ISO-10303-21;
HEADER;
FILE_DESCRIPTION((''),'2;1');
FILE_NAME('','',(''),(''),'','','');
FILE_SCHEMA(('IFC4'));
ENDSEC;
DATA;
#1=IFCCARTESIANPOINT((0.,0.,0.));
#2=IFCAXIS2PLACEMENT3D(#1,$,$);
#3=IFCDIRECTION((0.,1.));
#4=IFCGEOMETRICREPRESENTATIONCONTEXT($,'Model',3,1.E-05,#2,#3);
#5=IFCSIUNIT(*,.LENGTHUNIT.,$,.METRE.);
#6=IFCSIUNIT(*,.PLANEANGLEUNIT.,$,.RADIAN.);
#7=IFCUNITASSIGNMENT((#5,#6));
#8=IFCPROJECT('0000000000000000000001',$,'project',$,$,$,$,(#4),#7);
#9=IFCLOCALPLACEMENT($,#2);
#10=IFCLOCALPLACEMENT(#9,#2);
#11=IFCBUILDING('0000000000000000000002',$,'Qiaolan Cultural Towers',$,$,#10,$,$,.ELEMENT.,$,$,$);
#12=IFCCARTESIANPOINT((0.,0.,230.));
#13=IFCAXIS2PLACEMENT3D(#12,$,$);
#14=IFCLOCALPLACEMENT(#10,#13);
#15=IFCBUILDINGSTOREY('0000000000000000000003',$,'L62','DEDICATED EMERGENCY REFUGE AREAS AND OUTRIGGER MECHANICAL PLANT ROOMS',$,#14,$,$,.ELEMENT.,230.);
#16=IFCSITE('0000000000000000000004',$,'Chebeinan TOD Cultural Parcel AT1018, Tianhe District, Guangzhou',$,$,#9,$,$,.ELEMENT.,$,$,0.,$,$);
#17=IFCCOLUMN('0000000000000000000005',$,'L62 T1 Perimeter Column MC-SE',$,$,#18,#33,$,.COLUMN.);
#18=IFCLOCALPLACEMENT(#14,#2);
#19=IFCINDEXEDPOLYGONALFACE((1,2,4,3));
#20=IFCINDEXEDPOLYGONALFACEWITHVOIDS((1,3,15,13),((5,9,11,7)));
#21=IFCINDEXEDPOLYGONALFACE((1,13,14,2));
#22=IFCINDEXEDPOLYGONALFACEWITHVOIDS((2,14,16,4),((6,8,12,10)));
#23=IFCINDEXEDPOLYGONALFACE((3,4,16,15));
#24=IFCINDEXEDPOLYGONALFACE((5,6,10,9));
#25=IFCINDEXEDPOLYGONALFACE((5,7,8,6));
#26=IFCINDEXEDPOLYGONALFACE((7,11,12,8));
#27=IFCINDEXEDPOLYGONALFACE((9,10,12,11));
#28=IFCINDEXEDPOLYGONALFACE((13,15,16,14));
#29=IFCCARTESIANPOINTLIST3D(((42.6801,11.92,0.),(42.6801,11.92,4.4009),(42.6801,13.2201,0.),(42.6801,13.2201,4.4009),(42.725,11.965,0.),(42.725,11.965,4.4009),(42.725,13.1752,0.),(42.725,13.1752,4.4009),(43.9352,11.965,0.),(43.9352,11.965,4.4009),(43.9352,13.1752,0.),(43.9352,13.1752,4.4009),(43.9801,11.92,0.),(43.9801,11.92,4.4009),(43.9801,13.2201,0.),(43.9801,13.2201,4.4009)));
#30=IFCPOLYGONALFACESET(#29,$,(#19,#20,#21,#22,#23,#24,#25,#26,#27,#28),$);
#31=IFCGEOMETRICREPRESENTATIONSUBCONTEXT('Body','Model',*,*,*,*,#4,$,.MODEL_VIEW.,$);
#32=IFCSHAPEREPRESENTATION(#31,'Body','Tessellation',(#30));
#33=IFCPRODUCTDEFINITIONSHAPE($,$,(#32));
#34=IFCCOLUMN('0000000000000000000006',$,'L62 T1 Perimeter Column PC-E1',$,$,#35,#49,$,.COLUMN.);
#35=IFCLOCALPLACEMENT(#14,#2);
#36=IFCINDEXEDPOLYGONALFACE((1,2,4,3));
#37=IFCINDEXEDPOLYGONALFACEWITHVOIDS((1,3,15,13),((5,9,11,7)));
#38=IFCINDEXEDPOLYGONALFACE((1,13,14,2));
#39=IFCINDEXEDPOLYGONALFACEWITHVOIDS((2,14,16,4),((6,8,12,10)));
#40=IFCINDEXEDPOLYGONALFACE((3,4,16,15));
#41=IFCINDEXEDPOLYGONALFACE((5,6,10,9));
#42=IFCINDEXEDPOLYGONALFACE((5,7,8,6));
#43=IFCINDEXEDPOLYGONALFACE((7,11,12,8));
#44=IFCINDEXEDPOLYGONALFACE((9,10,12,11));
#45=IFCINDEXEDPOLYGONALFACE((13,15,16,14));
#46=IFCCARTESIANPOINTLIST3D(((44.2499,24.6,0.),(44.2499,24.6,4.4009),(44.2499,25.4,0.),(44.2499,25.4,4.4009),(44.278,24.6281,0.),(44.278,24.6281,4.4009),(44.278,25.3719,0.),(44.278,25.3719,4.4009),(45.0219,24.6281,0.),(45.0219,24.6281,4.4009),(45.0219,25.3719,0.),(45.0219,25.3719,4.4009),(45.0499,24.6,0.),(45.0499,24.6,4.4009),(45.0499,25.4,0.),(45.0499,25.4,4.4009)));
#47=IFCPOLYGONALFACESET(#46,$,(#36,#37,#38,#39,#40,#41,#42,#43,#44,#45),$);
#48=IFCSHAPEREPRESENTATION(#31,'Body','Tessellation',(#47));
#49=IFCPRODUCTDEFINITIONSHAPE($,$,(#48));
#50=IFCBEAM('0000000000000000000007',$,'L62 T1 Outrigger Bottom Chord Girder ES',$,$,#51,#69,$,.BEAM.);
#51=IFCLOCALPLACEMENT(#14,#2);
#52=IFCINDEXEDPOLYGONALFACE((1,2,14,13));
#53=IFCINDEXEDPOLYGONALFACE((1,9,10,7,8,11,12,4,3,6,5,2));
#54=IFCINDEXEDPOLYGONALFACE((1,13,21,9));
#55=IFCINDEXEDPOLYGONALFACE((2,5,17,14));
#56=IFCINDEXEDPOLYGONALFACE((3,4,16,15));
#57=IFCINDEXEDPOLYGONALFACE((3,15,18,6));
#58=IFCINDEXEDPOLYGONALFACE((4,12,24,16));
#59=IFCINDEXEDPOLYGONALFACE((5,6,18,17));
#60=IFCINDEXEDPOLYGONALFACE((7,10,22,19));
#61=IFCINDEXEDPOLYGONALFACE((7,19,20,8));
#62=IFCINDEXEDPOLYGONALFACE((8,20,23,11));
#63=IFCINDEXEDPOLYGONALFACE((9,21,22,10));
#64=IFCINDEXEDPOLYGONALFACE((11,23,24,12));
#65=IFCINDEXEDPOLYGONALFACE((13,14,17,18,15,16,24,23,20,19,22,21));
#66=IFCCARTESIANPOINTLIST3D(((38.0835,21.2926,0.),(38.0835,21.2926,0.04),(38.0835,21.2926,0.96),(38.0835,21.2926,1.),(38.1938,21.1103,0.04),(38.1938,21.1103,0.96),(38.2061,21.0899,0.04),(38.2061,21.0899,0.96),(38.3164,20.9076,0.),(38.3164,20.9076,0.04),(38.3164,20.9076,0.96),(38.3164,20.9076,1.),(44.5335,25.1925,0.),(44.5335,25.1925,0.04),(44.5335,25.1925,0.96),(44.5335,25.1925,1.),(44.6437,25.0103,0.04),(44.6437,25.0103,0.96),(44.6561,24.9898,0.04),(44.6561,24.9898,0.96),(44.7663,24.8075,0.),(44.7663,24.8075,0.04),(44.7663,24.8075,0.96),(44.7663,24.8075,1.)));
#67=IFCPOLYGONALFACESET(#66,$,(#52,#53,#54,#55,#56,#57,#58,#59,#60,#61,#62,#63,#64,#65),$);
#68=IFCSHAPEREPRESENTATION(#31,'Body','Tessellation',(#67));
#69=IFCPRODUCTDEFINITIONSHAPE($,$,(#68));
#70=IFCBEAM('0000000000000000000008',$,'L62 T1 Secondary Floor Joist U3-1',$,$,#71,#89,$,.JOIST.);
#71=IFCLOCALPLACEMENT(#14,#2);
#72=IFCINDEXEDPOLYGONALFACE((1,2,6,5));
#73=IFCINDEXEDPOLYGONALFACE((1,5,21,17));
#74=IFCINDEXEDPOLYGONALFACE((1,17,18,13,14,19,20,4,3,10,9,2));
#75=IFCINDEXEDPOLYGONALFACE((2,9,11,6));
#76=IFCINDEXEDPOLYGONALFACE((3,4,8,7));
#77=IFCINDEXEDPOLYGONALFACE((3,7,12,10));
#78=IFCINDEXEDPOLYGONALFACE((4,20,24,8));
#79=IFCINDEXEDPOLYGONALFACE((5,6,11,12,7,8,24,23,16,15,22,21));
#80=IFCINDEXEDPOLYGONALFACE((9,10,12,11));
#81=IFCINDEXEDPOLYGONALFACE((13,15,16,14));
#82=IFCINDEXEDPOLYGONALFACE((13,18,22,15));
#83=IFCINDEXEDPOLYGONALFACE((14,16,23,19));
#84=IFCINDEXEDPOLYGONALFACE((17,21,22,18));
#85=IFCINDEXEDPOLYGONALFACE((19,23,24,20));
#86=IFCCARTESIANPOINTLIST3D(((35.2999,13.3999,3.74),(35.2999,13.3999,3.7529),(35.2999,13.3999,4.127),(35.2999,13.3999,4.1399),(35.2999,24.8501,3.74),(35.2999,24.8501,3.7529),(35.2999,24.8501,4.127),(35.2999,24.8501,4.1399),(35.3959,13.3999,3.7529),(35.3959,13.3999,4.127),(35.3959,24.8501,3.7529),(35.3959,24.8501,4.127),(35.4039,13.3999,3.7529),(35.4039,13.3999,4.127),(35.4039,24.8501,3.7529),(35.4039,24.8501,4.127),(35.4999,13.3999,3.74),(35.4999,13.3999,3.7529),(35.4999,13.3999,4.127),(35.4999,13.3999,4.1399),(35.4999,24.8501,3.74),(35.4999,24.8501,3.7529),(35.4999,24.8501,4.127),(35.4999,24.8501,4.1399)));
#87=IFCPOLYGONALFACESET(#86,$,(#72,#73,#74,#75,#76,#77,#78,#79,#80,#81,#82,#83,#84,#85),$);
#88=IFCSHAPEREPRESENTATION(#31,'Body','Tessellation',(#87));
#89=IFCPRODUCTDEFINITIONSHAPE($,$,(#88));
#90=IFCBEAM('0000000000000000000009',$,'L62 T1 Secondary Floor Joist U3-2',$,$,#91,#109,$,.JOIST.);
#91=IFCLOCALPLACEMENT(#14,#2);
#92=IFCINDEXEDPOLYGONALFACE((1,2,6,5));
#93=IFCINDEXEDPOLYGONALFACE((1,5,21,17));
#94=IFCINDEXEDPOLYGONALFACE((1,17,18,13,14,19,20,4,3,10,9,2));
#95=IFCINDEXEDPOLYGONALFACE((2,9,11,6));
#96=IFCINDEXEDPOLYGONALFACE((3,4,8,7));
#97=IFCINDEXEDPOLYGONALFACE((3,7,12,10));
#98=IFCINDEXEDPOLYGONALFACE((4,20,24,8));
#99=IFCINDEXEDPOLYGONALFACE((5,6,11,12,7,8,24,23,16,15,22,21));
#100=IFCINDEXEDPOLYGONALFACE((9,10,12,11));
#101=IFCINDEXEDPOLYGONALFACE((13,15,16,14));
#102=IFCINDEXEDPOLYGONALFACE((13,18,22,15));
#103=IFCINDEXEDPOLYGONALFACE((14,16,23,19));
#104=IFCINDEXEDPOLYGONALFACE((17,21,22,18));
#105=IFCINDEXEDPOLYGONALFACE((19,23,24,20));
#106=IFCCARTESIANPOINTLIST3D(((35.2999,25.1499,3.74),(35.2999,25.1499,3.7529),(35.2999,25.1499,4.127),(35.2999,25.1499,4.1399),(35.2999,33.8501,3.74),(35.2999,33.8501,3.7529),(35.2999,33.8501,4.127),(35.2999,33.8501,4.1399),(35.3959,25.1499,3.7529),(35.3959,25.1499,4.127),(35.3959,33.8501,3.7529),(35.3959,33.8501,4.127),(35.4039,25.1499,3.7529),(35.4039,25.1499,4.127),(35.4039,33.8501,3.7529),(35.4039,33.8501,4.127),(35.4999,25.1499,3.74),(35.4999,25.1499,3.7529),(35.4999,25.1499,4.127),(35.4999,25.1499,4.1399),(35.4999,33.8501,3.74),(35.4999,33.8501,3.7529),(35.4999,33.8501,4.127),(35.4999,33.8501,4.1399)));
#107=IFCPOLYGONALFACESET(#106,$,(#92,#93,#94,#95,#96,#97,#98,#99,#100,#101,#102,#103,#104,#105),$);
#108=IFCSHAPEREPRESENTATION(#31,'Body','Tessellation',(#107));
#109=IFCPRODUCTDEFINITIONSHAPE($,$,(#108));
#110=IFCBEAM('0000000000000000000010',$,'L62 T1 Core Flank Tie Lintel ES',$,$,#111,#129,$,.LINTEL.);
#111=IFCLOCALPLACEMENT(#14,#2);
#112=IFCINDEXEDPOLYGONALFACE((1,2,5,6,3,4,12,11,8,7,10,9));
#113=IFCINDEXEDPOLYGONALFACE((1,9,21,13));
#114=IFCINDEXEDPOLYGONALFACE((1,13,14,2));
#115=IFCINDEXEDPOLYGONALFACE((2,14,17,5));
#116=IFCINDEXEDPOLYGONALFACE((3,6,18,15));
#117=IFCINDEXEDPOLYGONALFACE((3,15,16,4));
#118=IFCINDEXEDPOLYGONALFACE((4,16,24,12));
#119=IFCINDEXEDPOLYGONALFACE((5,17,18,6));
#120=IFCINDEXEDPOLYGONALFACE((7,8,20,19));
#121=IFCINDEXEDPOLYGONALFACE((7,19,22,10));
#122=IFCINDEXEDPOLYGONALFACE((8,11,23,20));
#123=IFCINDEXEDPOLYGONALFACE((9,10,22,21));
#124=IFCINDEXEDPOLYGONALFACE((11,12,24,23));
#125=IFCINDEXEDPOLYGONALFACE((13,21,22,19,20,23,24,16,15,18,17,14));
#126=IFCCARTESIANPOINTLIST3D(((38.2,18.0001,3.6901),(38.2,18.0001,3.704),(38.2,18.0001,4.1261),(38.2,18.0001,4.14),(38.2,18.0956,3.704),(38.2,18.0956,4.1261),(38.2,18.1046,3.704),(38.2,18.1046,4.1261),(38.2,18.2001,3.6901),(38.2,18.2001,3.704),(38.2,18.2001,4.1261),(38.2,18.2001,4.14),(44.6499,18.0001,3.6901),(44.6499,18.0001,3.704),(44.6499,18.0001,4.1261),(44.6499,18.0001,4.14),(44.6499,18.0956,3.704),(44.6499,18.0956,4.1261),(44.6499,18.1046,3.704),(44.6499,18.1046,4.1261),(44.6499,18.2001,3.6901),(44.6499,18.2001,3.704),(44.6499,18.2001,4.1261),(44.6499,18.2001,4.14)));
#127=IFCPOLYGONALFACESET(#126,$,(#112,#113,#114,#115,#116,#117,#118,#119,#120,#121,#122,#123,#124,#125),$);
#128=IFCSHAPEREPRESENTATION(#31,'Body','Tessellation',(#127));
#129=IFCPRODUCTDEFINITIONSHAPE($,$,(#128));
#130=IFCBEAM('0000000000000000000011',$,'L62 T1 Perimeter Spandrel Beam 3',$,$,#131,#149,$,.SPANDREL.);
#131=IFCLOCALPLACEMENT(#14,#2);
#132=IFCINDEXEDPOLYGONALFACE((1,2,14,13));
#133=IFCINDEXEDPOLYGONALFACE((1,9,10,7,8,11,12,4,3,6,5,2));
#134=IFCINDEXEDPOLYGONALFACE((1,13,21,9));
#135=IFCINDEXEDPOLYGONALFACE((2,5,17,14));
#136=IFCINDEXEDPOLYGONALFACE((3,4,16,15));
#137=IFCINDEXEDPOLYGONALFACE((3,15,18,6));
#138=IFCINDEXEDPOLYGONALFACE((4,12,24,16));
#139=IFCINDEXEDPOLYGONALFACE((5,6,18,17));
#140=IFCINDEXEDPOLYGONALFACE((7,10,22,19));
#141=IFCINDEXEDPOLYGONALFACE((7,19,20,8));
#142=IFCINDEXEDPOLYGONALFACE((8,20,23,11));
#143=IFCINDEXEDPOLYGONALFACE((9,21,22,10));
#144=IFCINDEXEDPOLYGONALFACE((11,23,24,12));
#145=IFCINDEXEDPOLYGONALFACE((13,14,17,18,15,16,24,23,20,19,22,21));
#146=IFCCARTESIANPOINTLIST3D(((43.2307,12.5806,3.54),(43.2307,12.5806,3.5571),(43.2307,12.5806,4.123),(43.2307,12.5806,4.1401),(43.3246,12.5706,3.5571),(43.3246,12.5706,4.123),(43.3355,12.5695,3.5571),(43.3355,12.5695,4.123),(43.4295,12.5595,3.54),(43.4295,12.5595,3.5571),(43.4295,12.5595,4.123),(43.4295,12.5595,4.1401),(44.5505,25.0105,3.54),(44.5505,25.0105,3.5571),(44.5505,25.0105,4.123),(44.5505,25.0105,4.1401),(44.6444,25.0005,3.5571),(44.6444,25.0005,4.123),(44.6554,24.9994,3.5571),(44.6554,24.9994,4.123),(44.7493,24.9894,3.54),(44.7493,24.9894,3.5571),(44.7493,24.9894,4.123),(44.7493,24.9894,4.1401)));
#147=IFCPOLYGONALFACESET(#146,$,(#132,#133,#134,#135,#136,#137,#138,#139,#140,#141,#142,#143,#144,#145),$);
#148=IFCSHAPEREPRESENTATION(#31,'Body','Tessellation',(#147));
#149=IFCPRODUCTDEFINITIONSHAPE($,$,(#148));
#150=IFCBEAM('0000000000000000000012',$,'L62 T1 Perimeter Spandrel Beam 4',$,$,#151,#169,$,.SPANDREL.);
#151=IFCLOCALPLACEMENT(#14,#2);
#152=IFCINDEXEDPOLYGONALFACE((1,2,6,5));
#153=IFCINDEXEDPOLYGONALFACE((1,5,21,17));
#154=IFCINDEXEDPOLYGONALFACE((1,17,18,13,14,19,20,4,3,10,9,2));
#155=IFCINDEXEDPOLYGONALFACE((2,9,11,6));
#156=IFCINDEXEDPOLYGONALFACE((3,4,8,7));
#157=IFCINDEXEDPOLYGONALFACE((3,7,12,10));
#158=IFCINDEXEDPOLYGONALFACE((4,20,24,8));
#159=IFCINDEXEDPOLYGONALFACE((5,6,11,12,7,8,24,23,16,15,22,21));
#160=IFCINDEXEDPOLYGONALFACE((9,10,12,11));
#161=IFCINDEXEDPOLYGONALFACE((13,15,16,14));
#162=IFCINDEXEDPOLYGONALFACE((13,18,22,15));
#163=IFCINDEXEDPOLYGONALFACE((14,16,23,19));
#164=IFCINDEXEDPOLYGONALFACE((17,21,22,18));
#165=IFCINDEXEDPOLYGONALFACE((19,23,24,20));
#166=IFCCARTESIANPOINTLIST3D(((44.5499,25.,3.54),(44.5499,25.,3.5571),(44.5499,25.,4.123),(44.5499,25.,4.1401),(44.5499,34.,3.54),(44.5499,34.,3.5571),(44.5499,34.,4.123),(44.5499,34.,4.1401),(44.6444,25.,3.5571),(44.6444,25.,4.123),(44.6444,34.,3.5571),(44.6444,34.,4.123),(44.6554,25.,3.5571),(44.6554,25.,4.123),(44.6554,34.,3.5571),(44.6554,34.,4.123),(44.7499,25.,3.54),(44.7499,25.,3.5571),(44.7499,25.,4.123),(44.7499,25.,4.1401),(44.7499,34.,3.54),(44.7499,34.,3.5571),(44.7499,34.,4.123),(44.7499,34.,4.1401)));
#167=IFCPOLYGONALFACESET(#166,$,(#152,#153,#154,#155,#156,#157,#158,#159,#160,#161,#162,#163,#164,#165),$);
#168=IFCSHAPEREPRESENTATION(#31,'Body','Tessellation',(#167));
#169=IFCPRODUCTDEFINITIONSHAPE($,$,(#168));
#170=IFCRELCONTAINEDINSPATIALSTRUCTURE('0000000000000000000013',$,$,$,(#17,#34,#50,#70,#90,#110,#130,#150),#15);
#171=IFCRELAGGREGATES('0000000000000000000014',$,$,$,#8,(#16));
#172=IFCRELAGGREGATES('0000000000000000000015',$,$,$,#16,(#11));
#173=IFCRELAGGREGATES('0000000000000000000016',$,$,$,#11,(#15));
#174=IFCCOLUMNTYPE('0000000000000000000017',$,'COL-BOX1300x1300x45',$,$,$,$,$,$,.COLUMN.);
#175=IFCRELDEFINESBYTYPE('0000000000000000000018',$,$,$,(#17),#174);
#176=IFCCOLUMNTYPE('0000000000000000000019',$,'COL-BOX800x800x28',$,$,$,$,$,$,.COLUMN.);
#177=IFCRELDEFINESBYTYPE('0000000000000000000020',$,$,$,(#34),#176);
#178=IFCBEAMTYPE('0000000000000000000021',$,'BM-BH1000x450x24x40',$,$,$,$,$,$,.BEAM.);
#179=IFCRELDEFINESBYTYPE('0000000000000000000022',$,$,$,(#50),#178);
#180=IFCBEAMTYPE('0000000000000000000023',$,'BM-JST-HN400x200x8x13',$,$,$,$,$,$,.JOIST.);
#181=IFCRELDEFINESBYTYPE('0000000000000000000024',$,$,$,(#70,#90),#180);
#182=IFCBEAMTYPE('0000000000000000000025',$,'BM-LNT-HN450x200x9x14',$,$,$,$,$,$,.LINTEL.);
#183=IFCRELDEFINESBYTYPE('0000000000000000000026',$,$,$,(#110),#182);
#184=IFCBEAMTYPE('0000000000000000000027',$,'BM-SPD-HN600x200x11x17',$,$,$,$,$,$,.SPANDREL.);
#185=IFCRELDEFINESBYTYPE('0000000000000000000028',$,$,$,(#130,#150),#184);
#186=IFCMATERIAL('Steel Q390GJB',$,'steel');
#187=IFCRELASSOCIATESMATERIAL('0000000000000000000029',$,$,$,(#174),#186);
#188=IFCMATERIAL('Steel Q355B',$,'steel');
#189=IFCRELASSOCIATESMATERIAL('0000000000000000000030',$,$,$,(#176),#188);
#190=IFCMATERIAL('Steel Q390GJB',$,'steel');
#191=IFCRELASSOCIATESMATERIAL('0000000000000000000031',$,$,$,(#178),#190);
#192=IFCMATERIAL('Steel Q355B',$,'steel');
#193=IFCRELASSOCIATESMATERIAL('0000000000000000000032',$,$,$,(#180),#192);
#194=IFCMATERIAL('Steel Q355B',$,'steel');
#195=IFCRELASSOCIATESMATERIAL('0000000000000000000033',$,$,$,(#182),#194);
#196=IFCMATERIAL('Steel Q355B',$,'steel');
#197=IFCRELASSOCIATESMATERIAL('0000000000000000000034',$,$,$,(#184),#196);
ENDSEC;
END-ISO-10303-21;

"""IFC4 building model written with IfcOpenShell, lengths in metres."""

from ifc_helpers import new_model, si_unit, direction, frame, origin, origin_2d, place, context, subcontext, project, spatial, hollow_rectangle, i_section, extrude, material, material_profile, profile_set, type_object, element, save


model = new_model("IFC4")

# Units and contexts
model_context = context("Model", 3, precision=1e-05, world=origin(), true_north=direction((0.0, 1.0)))
body_context = subcontext(model_context, "Body", "Model", "MODEL_VIEW")
ifc_project = project(units=[si_unit("LENGTHUNIT", "METRE"), si_unit("PLANEANGLEUNIT", "RADIAN")], contexts=[model_context])

# Site, building, storey
site_placement = place(None, origin())
site = spatial("IfcSite", under=ifc_project, at=site_placement, Name="Chebeinan TOD Cultural Parcel AT1018, Tianhe District, Guangzhou", CompositionType="ELEMENT", RefElevation=0.0)
building_placement = place(site_placement, origin())
building = spatial("IfcBuilding", under=site, at=building_placement, Name="Qiaolan Cultural Towers", CompositionType="ELEMENT")
storey_placement = place(building_placement, frame((0.0, 0.0, 230.0)))
storey = spatial("IfcBuildingStorey", under=building, at=storey_placement, Name="L62", Description="DEDICATED EMERGENCY REFUGE AREAS AND OUTRIGGER MECHANICAL PLANT ROOMS", CompositionType="ELEMENT", Elevation=230.0)

# Columns
ifc_material_1 = material(Name="Steel Q390GJB", Category="steel")
ifc_material_profile_1 = material_profile(ifc_material_1, hollow_rectangle(XDim=1.3, YDim=1.3, WallThickness=0.0449, at=origin_2d()), Name="BOX1300x1300x45")
ifc_profile_set_1 = profile_set([ifc_material_profile_1], Name="Steel Q390GJB")
column_type_1 = type_object("IfcColumnType", Name="COL-BOX1300x1300x45", PredefinedType="COLUMN", material=ifc_profile_set_1)
column_1_placement = place(storey_placement, frame((43.3301, 12.5701, 0.0), z_axis=(0.0, 0.0, 1.0), x_axis=(1.0, 0.0, 0.0)))
element("IfcColumn", 1, at=column_1_placement, inside=storey, type_object=column_type_1, Name="L62 T1 Perimeter Column MC-SE", PredefinedType="COLUMN", context=body_context, shape_type="SweptSolid", body=[
    extrude(hollow_rectangle(XDim=1.3, YDim=1.3, WallThickness=0.0449, at=origin_2d()), origin(), (0.0, 0.0, 1.0), 4.4009),
])
ifc_material_2 = material(Name="Steel Q355B", Category="steel")
ifc_material_profile_2 = material_profile(ifc_material_2, hollow_rectangle(XDim=0.8, YDim=0.8, WallThickness=0.0281, at=origin_2d()), Name="BOX800x800x28")
ifc_profile_set_2 = profile_set([ifc_material_profile_2], Name="Steel Q355B")
column_type_2 = type_object("IfcColumnType", Name="COL-BOX800x800x28", PredefinedType="COLUMN", material=ifc_profile_set_2)
column_2_placement = place(storey_placement, frame((44.6499, 25.0, 0.0), z_axis=(0.0, 0.0, 1.0), x_axis=(1.0, 0.0, 0.0)))
element("IfcColumn", 2, at=column_2_placement, inside=storey, type_object=column_type_2, Name="L62 T1 Perimeter Column PC-E1", PredefinedType="COLUMN", context=body_context, shape_type="SweptSolid", body=[
    extrude(hollow_rectangle(XDim=0.8, YDim=0.8, WallThickness=0.0281, at=origin_2d()), origin(), (0.0, 0.0, 1.0), 4.4009),
])

# Beams
ifc_material_3 = material(Name="Steel Q390GJB", Category="steel")
ifc_material_profile_3 = material_profile(ifc_material_3, i_section(OverallWidth=0.45, OverallDepth=1.0, WebThickness=0.0239, FlangeThickness=0.04, at=origin_2d()), Name="BH1000x450x24x40")
ifc_profile_set_3 = profile_set([ifc_material_profile_3], Name="Steel Q390GJB")
beam_type_1 = type_object("IfcBeamType", Name="BM-BH1000x450x24x40", PredefinedType="BEAM", material=ifc_profile_set_3)
beam_1_placement = place(storey_placement, frame((38.2, 21.1001, 0.5), z_axis=(0.855736, 0.517413, 0.0), x_axis=(-0.517413, 0.855736, 0.0)))
element("IfcBeam", 3, at=beam_1_placement, inside=storey, type_object=beam_type_1, Name="L62 T1 Outrigger Bottom Chord Girder ES", PredefinedType="BEAM", context=body_context, shape_type="SweptSolid", body=[
    extrude(i_section(OverallWidth=0.45, OverallDepth=1.0, WebThickness=0.0239, FlangeThickness=0.04, at=origin_2d()), origin(), (0.0, 0.0, 1.0), 7.5374),
])
ifc_material_4 = material(Name="Steel Q355B", Category="steel")
ifc_material_profile_4 = material_profile(ifc_material_4, i_section(OverallWidth=0.2, OverallDepth=0.3999, WebThickness=0.0081, FlangeThickness=0.0129, at=origin_2d()), Name="HN400x200x8x13")
ifc_profile_set_4 = profile_set([ifc_material_profile_4], Name="Steel Q355B")
beam_type_2 = type_object("IfcBeamType", Name="BM-JST-HN400x200x8x13", PredefinedType="JOIST", material=ifc_profile_set_4)
beam_2_placement = place(storey_placement, frame((35.3999, 13.3999, 3.9399), z_axis=(0.0, 1.0, 0.0), x_axis=(-1.0, 0.0, 0.0)))
element("IfcBeam", 4, at=beam_2_placement, inside=storey, type_object=beam_type_2, Name="L62 T1 Secondary Floor Joist U3-1", PredefinedType="JOIST", context=body_context, shape_type="SweptSolid", body=[
    extrude(i_section(OverallWidth=0.2, OverallDepth=0.3999, WebThickness=0.0081, FlangeThickness=0.0129, at=origin_2d()), origin(), (0.0, 0.0, 1.0), 11.4502),
])
beam_3_placement = place(storey_placement, frame((35.3999, 25.1499, 3.9399), z_axis=(0.0, 1.0, 0.0), x_axis=(-1.0, 0.0, 0.0)))
element("IfcBeam", 5, at=beam_3_placement, inside=storey, type_object=beam_type_2, Name="L62 T1 Secondary Floor Joist U3-2", PredefinedType="JOIST", context=body_context, shape_type="SweptSolid", body=[
    extrude(i_section(OverallWidth=0.2, OverallDepth=0.3999, WebThickness=0.0081, FlangeThickness=0.0129, at=origin_2d()), origin(), (0.0, 0.0, 1.0), 8.7002),
])
ifc_material_5 = material(Name="Steel Q355B", Category="steel")
ifc_material_profile_5 = material_profile(ifc_material_5, i_section(OverallWidth=0.2, OverallDepth=0.45, WebThickness=0.009, FlangeThickness=0.0139, at=origin_2d()), Name="HN450x200x9x14")
ifc_profile_set_5 = profile_set([ifc_material_profile_5], Name="Steel Q355B")
beam_type_3 = type_object("IfcBeamType", Name="BM-LNT-HN450x200x9x14", PredefinedType="LINTEL", material=ifc_profile_set_5)
beam_4_placement = place(storey_placement, frame((38.2, 18.1001, 3.915), z_axis=(1.0, 0.0, 0.0), x_axis=(0.0, 1.0, 0.0)))
element("IfcBeam", 6, at=beam_4_placement, inside=storey, type_object=beam_type_3, Name="L62 T1 Core Flank Tie Lintel ES", PredefinedType="LINTEL", context=body_context, shape_type="SweptSolid", body=[
    extrude(i_section(OverallWidth=0.2, OverallDepth=0.45, WebThickness=0.009, FlangeThickness=0.0139, at=origin_2d()), origin(), (0.0, 0.0, 1.0), 6.45),
])
ifc_material_6 = material(Name="Steel Q355B", Category="steel")
ifc_material_profile_6 = material_profile(ifc_material_6, i_section(OverallWidth=0.2, OverallDepth=0.6001, WebThickness=0.011, FlangeThickness=0.0171, at=origin_2d()), Name="HN600x200x11x17")
ifc_profile_set_6 = profile_set([ifc_material_profile_6], Name="Steel Q355B")
beam_type_4 = type_object("IfcBeamType", Name="BM-SPD-HN600x200x11x17", PredefinedType="SPANDREL", material=ifc_profile_set_6)
beam_5_placement = place(storey_placement, frame((43.3301, 12.5701, 3.8401), z_axis=(0.105588, 0.99441, 0.0), x_axis=(-0.99441, 0.105588, 0.0)))
element("IfcBeam", 7, at=beam_5_placement, inside=storey, type_object=beam_type_4, Name="L62 T1 Perimeter Spandrel Beam 3", PredefinedType="SPANDREL", context=body_context, shape_type="SweptSolid", body=[
    extrude(i_section(OverallWidth=0.2, OverallDepth=0.6001, WebThickness=0.011, FlangeThickness=0.0171, at=origin_2d()), origin(), (0.0, 0.0, 1.0), 12.4998),
])
beam_6_placement = place(storey_placement, frame((44.6499, 25.0, 3.8401), z_axis=(0.0, 1.0, 0.0), x_axis=(-1.0, 0.0, 0.0)))
element("IfcBeam", 8, at=beam_6_placement, inside=storey, type_object=beam_type_4, Name="L62 T1 Perimeter Spandrel Beam 4", PredefinedType="SPANDREL", context=body_context, shape_type="SweptSolid", body=[
    extrude(i_section(OverallWidth=0.2, OverallDepth=0.6001, WebThickness=0.011, FlangeThickness=0.0171, at=origin_2d()), origin(), (0.0, 0.0, 1.0), 9.0),
])

save(model, "model.ifc")
